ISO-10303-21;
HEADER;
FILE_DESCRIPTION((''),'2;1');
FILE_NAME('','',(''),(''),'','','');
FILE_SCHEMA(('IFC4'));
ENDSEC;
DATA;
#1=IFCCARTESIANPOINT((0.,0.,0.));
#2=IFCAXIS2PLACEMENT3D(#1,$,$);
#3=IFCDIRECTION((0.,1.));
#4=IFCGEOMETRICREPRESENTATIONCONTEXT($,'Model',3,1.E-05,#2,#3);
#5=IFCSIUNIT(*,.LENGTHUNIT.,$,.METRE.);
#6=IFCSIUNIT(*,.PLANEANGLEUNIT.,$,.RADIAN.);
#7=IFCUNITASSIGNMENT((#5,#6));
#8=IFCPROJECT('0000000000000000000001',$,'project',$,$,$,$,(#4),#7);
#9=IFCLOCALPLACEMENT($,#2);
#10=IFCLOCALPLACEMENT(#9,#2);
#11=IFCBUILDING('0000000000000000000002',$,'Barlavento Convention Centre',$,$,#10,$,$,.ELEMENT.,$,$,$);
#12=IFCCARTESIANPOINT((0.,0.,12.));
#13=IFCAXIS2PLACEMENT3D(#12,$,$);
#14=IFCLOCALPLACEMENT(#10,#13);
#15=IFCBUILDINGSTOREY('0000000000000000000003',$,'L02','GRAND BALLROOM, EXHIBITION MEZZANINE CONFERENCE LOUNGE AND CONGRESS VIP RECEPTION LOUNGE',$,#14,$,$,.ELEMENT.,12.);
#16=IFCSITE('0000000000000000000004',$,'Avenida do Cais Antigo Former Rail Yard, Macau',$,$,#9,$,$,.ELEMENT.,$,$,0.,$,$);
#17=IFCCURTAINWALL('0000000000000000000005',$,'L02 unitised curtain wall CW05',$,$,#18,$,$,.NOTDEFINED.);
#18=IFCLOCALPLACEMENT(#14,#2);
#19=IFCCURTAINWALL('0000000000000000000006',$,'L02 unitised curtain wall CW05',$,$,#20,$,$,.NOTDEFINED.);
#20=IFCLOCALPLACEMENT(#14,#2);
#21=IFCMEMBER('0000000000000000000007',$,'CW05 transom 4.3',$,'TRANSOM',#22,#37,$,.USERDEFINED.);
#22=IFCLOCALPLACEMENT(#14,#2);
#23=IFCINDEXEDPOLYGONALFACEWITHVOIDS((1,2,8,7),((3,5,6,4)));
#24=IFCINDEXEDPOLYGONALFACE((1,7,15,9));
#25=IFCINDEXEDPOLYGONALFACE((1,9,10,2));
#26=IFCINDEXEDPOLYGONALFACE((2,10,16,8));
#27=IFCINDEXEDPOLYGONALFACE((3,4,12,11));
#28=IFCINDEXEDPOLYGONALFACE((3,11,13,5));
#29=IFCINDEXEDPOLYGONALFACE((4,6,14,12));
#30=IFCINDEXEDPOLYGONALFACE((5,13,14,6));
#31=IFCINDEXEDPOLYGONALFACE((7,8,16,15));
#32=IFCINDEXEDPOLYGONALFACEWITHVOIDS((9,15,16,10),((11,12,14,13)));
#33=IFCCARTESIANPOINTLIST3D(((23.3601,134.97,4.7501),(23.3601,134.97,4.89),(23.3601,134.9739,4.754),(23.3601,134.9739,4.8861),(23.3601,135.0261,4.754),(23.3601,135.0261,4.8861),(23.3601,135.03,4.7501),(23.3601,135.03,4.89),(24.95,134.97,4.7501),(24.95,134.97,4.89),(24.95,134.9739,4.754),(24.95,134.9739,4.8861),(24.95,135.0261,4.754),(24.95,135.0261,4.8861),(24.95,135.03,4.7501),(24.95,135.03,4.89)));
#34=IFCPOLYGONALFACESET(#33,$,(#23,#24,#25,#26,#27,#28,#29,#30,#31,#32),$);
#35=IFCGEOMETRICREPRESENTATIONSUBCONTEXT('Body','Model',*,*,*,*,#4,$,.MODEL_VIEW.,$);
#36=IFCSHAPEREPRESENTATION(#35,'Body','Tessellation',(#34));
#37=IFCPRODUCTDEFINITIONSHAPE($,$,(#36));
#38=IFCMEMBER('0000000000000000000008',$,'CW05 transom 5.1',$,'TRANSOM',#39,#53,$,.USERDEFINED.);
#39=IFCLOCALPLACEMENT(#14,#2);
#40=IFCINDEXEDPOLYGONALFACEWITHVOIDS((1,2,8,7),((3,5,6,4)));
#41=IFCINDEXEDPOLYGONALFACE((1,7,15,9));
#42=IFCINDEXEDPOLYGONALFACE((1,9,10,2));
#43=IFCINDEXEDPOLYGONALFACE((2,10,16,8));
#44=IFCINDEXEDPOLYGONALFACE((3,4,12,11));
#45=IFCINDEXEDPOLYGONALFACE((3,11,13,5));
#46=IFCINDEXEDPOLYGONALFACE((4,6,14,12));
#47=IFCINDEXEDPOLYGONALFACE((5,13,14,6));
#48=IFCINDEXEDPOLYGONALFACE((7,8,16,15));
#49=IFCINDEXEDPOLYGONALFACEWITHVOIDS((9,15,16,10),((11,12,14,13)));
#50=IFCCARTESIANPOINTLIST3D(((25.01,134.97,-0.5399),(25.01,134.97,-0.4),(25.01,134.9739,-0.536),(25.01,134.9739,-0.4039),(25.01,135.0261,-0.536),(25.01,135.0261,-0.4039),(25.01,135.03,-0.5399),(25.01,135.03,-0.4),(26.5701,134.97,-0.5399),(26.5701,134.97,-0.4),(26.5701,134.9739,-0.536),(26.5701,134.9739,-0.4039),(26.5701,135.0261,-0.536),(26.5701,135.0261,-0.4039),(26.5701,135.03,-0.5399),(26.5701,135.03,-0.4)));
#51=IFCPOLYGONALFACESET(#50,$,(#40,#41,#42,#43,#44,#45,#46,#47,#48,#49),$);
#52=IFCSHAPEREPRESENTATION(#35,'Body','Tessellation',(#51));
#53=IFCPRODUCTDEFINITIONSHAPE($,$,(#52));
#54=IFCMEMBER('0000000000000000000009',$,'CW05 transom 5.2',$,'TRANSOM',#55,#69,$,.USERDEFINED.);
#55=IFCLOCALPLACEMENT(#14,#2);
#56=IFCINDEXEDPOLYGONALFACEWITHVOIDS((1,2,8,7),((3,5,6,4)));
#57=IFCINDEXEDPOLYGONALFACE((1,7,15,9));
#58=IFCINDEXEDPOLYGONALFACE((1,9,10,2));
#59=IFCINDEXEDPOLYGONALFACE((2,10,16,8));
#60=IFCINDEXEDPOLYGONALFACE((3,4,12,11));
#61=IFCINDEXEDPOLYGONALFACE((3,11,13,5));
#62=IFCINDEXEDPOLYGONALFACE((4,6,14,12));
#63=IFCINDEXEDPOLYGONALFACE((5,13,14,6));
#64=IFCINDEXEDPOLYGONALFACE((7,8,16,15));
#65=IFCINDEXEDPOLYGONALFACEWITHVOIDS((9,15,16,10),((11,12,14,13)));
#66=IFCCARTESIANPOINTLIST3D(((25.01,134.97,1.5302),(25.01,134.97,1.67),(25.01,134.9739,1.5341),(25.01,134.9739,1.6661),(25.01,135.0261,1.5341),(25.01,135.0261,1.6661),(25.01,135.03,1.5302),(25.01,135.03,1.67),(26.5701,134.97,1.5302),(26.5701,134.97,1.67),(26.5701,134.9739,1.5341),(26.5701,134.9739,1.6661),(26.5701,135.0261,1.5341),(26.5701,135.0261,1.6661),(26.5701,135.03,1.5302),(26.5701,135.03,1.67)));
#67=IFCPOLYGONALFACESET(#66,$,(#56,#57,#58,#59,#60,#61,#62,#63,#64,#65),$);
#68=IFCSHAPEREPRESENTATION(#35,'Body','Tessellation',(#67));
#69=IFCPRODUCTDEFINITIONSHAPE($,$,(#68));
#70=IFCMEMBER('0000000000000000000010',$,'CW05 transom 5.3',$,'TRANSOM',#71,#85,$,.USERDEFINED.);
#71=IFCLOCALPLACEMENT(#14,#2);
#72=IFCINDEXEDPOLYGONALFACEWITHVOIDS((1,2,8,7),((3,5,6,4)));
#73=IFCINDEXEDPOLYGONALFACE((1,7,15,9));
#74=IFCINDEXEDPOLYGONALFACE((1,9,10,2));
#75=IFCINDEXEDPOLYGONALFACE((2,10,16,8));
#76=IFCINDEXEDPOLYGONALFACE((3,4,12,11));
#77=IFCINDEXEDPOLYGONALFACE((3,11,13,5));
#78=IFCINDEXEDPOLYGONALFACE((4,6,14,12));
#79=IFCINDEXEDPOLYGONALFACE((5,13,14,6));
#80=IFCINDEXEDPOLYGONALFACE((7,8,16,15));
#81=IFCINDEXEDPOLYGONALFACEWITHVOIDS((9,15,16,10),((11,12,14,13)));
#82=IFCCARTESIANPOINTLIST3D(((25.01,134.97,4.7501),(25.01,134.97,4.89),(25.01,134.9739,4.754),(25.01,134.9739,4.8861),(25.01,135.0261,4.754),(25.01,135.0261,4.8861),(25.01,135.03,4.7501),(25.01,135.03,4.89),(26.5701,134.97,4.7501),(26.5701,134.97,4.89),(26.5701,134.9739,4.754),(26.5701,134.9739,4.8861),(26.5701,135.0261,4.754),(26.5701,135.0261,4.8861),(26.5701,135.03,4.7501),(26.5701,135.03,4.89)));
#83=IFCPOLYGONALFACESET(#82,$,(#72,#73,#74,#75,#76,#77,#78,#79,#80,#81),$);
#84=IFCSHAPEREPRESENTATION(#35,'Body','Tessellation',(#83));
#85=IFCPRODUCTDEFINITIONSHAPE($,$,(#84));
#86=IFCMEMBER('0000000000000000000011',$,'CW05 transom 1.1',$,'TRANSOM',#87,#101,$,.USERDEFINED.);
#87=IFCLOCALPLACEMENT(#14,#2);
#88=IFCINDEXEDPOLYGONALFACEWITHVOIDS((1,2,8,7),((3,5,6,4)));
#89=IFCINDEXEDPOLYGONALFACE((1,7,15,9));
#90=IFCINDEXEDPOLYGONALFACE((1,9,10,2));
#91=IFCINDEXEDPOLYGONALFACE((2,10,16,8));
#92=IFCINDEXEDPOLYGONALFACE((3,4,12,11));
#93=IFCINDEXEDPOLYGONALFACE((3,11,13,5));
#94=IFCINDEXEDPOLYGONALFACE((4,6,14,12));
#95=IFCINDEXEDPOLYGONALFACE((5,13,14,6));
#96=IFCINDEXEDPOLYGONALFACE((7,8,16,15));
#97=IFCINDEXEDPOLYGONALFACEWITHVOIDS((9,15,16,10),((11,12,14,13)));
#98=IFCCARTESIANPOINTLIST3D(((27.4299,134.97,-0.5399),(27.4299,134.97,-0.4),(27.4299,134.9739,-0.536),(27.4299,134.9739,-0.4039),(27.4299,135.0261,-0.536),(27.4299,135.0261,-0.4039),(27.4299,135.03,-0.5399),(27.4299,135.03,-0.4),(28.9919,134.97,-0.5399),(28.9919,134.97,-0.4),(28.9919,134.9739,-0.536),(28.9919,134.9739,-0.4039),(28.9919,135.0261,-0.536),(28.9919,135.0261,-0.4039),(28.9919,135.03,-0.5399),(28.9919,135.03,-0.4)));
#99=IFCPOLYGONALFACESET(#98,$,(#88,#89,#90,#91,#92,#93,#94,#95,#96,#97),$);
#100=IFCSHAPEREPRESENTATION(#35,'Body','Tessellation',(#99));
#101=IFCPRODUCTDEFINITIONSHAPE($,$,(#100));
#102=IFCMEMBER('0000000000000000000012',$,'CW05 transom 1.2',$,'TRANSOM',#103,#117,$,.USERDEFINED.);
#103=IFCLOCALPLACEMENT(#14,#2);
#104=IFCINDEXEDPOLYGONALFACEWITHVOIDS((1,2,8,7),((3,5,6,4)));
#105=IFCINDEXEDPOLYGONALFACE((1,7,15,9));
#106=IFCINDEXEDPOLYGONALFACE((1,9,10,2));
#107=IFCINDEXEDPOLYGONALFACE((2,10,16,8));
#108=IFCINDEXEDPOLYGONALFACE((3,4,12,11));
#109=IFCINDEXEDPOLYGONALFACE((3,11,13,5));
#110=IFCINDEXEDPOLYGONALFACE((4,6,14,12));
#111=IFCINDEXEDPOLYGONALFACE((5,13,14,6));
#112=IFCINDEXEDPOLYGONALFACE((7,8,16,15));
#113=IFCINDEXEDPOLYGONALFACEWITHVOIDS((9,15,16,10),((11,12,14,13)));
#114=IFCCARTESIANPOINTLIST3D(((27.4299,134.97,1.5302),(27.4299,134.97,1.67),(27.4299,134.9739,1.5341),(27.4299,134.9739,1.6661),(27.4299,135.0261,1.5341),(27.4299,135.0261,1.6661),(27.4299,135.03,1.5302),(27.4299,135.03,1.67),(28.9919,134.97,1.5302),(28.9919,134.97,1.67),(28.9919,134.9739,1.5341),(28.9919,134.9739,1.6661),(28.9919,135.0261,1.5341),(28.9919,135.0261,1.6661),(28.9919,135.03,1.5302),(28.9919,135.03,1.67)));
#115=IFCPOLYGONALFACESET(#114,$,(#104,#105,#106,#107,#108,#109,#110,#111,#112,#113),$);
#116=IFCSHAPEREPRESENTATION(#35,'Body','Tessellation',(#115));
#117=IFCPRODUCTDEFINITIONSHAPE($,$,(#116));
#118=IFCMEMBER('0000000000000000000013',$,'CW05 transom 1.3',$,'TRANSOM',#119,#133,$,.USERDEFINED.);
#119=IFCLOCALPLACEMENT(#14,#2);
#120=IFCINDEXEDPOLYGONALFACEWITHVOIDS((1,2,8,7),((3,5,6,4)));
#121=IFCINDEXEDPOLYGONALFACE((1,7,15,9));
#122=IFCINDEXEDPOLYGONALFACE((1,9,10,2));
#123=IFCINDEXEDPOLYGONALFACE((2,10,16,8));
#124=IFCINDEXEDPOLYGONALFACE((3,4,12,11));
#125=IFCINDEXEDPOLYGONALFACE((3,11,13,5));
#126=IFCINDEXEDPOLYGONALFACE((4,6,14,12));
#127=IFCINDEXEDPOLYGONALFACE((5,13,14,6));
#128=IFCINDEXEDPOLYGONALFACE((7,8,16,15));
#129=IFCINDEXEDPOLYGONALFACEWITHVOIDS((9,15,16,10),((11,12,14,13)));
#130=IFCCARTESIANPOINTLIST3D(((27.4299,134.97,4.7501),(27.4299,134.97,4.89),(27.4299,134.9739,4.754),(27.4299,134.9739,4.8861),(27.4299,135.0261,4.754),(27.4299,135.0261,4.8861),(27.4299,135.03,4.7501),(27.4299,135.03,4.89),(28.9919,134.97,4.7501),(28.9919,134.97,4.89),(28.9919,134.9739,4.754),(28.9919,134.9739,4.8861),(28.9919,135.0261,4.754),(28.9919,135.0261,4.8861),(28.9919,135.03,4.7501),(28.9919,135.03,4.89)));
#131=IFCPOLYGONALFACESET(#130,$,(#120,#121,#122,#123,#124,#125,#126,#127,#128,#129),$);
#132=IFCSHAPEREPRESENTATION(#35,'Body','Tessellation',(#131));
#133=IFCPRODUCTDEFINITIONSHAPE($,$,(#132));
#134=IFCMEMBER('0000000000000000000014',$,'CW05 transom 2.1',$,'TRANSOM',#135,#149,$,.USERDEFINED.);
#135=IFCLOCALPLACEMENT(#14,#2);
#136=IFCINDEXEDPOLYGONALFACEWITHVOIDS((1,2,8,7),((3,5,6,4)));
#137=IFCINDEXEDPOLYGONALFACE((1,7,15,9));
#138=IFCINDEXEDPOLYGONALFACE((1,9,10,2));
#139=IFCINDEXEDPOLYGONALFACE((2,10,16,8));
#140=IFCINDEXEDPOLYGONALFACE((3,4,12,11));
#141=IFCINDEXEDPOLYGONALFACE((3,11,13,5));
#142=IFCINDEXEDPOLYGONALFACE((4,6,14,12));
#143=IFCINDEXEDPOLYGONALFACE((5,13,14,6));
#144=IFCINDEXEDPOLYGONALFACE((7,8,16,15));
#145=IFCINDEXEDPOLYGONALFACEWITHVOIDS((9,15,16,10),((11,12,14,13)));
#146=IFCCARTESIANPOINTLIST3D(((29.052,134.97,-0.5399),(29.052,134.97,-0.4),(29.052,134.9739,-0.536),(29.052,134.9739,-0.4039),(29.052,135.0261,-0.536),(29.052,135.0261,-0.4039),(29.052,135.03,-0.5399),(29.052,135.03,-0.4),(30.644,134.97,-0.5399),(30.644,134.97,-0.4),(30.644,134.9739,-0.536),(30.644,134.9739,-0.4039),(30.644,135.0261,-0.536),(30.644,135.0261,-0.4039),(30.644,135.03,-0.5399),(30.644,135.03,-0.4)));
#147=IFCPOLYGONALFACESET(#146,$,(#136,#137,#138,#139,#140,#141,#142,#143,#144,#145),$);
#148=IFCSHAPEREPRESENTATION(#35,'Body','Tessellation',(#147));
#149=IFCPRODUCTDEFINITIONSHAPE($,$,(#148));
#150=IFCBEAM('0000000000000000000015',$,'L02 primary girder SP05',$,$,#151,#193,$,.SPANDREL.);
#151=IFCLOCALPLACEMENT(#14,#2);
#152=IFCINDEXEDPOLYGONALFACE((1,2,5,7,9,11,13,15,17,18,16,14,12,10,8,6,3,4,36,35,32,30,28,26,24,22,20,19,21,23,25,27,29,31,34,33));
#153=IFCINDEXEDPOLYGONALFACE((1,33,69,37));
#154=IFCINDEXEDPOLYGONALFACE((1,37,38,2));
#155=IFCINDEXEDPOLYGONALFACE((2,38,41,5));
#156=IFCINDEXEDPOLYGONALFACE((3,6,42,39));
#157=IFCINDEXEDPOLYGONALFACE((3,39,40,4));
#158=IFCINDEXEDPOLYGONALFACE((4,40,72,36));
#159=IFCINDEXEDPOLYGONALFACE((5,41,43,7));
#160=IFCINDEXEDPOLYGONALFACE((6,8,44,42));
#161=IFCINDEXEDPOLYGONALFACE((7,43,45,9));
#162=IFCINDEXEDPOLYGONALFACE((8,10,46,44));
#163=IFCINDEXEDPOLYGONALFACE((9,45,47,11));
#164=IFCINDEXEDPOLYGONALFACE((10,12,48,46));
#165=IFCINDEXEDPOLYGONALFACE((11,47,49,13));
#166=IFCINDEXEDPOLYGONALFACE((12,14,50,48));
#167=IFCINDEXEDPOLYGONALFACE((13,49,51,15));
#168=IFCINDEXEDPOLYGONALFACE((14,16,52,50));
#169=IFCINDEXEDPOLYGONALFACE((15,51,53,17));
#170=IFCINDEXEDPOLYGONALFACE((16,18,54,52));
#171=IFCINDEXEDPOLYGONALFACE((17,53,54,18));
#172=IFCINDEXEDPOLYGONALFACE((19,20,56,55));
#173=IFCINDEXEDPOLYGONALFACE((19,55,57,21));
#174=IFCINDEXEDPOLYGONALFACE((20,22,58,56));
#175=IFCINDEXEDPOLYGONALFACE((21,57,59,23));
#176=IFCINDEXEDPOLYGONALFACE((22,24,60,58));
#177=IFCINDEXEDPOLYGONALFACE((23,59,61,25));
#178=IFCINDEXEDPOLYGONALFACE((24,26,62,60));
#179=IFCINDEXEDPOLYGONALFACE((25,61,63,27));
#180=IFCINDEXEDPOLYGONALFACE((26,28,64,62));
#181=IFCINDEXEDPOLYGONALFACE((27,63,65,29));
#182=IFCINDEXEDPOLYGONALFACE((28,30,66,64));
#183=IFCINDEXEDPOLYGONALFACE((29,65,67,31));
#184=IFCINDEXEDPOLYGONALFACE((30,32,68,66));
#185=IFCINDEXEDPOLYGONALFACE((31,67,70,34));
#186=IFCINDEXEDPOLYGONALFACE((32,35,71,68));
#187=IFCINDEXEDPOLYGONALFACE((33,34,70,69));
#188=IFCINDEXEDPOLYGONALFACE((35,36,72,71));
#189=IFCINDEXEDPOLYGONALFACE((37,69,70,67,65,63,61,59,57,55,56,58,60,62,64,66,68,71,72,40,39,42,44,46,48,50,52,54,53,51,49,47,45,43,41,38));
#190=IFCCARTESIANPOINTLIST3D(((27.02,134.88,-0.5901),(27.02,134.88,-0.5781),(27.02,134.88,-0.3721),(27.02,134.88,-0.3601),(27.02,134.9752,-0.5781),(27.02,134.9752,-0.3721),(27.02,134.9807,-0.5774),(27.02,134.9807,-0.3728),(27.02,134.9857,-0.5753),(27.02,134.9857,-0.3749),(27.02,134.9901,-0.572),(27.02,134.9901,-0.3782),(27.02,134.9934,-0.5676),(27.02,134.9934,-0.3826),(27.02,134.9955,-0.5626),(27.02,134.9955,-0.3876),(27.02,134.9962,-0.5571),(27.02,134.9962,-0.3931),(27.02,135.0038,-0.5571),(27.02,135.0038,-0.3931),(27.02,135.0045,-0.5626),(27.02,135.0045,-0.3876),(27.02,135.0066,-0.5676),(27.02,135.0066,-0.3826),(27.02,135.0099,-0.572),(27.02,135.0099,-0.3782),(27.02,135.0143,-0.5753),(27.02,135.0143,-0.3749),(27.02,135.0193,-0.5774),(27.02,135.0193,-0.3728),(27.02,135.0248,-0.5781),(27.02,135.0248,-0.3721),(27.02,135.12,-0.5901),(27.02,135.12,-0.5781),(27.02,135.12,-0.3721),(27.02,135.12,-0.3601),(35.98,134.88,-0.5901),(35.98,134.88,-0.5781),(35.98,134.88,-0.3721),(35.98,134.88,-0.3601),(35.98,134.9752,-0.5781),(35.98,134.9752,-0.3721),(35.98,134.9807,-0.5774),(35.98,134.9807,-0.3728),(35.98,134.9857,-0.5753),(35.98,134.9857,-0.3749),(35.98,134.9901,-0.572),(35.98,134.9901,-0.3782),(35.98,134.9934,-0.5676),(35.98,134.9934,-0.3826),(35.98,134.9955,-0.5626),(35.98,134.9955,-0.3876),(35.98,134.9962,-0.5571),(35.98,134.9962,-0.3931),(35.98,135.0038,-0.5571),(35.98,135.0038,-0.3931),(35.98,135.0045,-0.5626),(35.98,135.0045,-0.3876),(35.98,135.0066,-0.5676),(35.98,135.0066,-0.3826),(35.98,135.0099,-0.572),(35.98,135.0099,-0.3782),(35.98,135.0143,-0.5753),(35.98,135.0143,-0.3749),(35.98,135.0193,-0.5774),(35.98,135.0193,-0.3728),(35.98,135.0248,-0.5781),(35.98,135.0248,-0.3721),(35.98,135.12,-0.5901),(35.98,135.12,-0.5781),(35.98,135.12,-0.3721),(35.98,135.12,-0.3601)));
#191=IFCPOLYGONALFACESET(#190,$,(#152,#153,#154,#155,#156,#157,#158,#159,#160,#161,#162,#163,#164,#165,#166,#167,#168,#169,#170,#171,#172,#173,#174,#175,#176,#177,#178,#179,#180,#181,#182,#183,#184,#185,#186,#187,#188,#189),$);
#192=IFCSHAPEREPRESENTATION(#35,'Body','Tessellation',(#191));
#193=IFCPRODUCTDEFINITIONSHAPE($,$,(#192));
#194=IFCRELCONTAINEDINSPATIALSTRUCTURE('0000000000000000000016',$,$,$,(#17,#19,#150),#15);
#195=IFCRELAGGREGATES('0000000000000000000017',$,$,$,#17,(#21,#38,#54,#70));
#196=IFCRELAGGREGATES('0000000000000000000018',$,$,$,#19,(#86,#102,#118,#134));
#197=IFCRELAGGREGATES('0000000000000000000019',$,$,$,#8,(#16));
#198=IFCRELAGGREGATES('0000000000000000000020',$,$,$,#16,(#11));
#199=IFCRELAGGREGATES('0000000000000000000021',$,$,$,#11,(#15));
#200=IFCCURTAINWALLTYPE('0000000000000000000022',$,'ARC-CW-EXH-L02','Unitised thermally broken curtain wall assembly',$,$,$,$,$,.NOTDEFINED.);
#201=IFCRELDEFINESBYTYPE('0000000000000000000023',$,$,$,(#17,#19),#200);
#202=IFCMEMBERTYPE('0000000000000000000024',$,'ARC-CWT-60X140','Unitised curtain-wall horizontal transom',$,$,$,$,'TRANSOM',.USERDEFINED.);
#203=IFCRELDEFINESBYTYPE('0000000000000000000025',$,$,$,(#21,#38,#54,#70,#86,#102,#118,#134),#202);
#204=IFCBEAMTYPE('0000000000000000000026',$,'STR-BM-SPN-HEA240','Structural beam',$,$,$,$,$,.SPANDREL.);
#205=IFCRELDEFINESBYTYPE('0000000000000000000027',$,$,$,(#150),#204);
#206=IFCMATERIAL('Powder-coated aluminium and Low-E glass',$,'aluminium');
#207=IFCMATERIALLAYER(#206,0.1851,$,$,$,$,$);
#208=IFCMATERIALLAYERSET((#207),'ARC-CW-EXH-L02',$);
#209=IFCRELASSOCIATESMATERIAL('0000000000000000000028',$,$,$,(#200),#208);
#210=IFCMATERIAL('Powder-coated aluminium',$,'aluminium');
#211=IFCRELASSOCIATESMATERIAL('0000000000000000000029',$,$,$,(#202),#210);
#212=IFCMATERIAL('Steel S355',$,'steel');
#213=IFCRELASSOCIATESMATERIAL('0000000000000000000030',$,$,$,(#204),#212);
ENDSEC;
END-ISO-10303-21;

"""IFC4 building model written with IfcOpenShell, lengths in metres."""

from ifc_helpers import new_model, si_unit, direction, frame, origin, origin_2d, place, context, subcontext, project, spatial, hollow_rectangle, i_section, extrude, material, layer, layer_set, material_profile, profile_set, type_object, element, aggregate, save


model = new_model("IFC4")

# Units and contexts
model_context = context("Model", 3, precision=1e-05, world=origin(), true_north=direction((0.0, 1.0)))
body_context = subcontext(model_context, "Body", "Model", "MODEL_VIEW")
ifc_project = project(units=[si_unit("LENGTHUNIT", "METRE"), si_unit("PLANEANGLEUNIT", "RADIAN")], contexts=[model_context])

# Site, building, storey
site_placement = place(None, origin())
site = spatial("IfcSite", under=ifc_project, at=site_placement, Name="Avenida do Cais Antigo Former Rail Yard, Macau", CompositionType="ELEMENT", RefElevation=0.0)
building_placement = place(site_placement, origin())
building = spatial("IfcBuilding", under=site, at=building_placement, Name="Barlavento Convention Centre", CompositionType="ELEMENT")
storey_placement = place(building_placement, frame((0.0, 0.0, 12.0)))
storey = spatial("IfcBuildingStorey", under=building, at=storey_placement, Name="L02", Description="GRAND BALLROOM, EXHIBITION MEZZANINE CONFERENCE LOUNGE AND CONGRESS VIP RECEPTION LOUNGE", CompositionType="ELEMENT", Elevation=12.0)

# Shared definitions
ifc_material_1 = material(Name="Steel S355", Category="steel")

# Curtain walls
ifc_material_2 = material(Name="Powder-coated aluminium and Low-E glass", Category="aluminium")
ifc_layer_1 = layer(ifc_material_2, 0.1851)
ifc_layer_set_1 = layer_set([ifc_layer_1], Name="ARC-CW-EXH-L02")
curtain_wall_type = type_object("IfcCurtainWallType", Name="ARC-CW-EXH-L02", Description="Unitised thermally broken curtain wall assembly", PredefinedType="NOTDEFINED", material=ifc_layer_set_1)
curtain_wall_1_placement = place(storey_placement, origin())
curtain_wall_1 = element("IfcCurtainWall", 1, at=curtain_wall_1_placement, inside=storey, type_object=curtain_wall_type, Name="L02 unitised curtain wall CW05", PredefinedType="NOTDEFINED")
ifc_material_3 = material(Name="Powder-coated aluminium", Category="aluminium")
curtain_wall_2_placement = place(storey_placement, origin())
curtain_wall_2 = element("IfcCurtainWall", 2, at=curtain_wall_2_placement, inside=storey, type_object=curtain_wall_type, Name="L02 unitised curtain wall CW05", PredefinedType="NOTDEFINED")

# Members
ifc_material_profile_1 = material_profile(ifc_material_3, hollow_rectangle(XDim=0.0601, YDim=0.1399, WallThickness=0.0039, at=origin_2d()), Name="AL-TRAN 60x140x4")
ifc_profile_set_1 = profile_set([ifc_material_profile_1], Name="Powder-coated aluminium")
member_type_1 = type_object("IfcMemberType", Name="ARC-CWT-60X140", Description="Unitised curtain-wall horizontal transom", ElementType="TRANSOM", PredefinedType="USERDEFINED", material=ifc_profile_set_1)
member_1_placement = place(storey_placement, frame((23.3601, 135.0, 4.8201), z_axis=(1.0, 0.0, 0.0), x_axis=(0.0, 1.0, 0.0)))
member_1 = element("IfcMember", 3, at=member_1_placement, type_object=member_type_1, Name="CW05 transom 4.3", ObjectType="TRANSOM", PredefinedType="USERDEFINED", context=body_context, shape_type="SweptSolid", body=[
    extrude(hollow_rectangle(XDim=0.0601, YDim=0.1399, WallThickness=0.0039, at=origin_2d()), origin(), (0.0, 0.0, 1.0), 1.5898),
])
member_2_placement = place(storey_placement, frame((25.01, 135.0, -0.47), z_axis=(1.0, 0.0, 0.0), x_axis=(0.0, 1.0, 0.0)))
member_2 = element("IfcMember", 4, at=member_2_placement, type_object=member_type_1, Name="CW05 transom 5.1", ObjectType="TRANSOM", PredefinedType="USERDEFINED", context=body_context, shape_type="SweptSolid", body=[
    extrude(hollow_rectangle(XDim=0.0601, YDim=0.1399, WallThickness=0.0039, at=origin_2d()), origin(), (0.0, 0.0, 1.0), 1.5601),
])
member_3_placement = place(storey_placement, frame((25.01, 135.0, 1.6001), z_axis=(1.0, 0.0, 0.0), x_axis=(0.0, 1.0, 0.0)))
member_3 = element("IfcMember", 5, at=member_3_placement, type_object=member_type_1, Name="CW05 transom 5.2", ObjectType="TRANSOM", PredefinedType="USERDEFINED", context=body_context, shape_type="SweptSolid", body=[
    extrude(hollow_rectangle(XDim=0.0601, YDim=0.1399, WallThickness=0.0039, at=origin_2d()), origin(), (0.0, 0.0, 1.0), 1.5601),
])
member_4_placement = place(storey_placement, frame((25.01, 135.0, 4.8201), z_axis=(1.0, 0.0, 0.0), x_axis=(0.0, 1.0, 0.0)))
member_4 = element("IfcMember", 6, at=member_4_placement, type_object=member_type_1, Name="CW05 transom 5.3", ObjectType="TRANSOM", PredefinedType="USERDEFINED", context=body_context, shape_type="SweptSolid", body=[
    extrude(hollow_rectangle(XDim=0.0601, YDim=0.1399, WallThickness=0.0039, at=origin_2d()), origin(), (0.0, 0.0, 1.0), 1.5601),
])
member_5_placement = place(storey_placement, frame((27.4299, 135.0, -0.47), z_axis=(1.0, 0.0, 0.0), x_axis=(0.0, 1.0, 0.0)))
member_5 = element("IfcMember", 7, at=member_5_placement, type_object=member_type_1, Name="CW05 transom 1.1", ObjectType="TRANSOM", PredefinedType="USERDEFINED", context=body_context, shape_type="SweptSolid", body=[
    extrude(hollow_rectangle(XDim=0.0601, YDim=0.1399, WallThickness=0.0039, at=origin_2d()), origin(), (0.0, 0.0, 1.0), 1.562),
])
member_6_placement = place(storey_placement, frame((27.4299, 135.0, 1.6001), z_axis=(1.0, 0.0, 0.0), x_axis=(0.0, 1.0, 0.0)))
member_6 = element("IfcMember", 8, at=member_6_placement, type_object=member_type_1, Name="CW05 transom 1.2", ObjectType="TRANSOM", PredefinedType="USERDEFINED", context=body_context, shape_type="SweptSolid", body=[
    extrude(hollow_rectangle(XDim=0.0601, YDim=0.1399, WallThickness=0.0039, at=origin_2d()), origin(), (0.0, 0.0, 1.0), 1.562),
])
member_7_placement = place(storey_placement, frame((27.4299, 135.0, 4.8201), z_axis=(1.0, 0.0, 0.0), x_axis=(0.0, 1.0, 0.0)))
member_7 = element("IfcMember", 9, at=member_7_placement, type_object=member_type_1, Name="CW05 transom 1.3", ObjectType="TRANSOM", PredefinedType="USERDEFINED", context=body_context, shape_type="SweptSolid", body=[
    extrude(hollow_rectangle(XDim=0.0601, YDim=0.1399, WallThickness=0.0039, at=origin_2d()), origin(), (0.0, 0.0, 1.0), 1.562),
])
member_8_placement = place(storey_placement, frame((29.052, 135.0, -0.47), z_axis=(1.0, 0.0, 0.0), x_axis=(0.0, 1.0, 0.0)))
member_8 = element("IfcMember", 10, at=member_8_placement, type_object=member_type_1, Name="CW05 transom 2.1", ObjectType="TRANSOM", PredefinedType="USERDEFINED", context=body_context, shape_type="SweptSolid", body=[
    extrude(hollow_rectangle(XDim=0.0601, YDim=0.1399, WallThickness=0.0039, at=origin_2d()), origin(), (0.0, 0.0, 1.0), 1.592),
])

# Beam
ifc_material_profile_2 = material_profile(ifc_material_1, i_section(OverallWidth=0.24, OverallDepth=0.23, WebThickness=0.0076, FlangeThickness=0.012, FilletRadius=0.021, at=origin_2d()), Name="HEA 240")
ifc_profile_set_2 = profile_set([ifc_material_profile_2], Name="Steel S355")
beam_type_1 = type_object("IfcBeamType", Name="STR-BM-SPN-HEA240", Description="Structural beam", PredefinedType="SPANDREL", material=ifc_profile_set_2)
beam_1_placement = place(storey_placement, frame((27.02, 135.0, -0.4751), z_axis=(1.0, 0.0, 0.0), x_axis=(0.0, 1.0, 0.0)))
element("IfcBeam", 11, at=beam_1_placement, inside=storey, type_object=beam_type_1, Name="L02 primary girder SP05", PredefinedType="SPANDREL", context=body_context, shape_type="SweptSolid", body=[
    extrude(i_section(OverallWidth=0.24, OverallDepth=0.23, WebThickness=0.0076, FlangeThickness=0.012, FilletRadius=0.021, at=origin_2d()), origin(), (0.0, 0.0, 1.0), 8.96),
])

aggregate(curtain_wall_1, [member_1, member_2, member_3, member_4])
aggregate(curtain_wall_2, [member_5, member_6, member_7, member_8])

save(model, "model.ifc")
